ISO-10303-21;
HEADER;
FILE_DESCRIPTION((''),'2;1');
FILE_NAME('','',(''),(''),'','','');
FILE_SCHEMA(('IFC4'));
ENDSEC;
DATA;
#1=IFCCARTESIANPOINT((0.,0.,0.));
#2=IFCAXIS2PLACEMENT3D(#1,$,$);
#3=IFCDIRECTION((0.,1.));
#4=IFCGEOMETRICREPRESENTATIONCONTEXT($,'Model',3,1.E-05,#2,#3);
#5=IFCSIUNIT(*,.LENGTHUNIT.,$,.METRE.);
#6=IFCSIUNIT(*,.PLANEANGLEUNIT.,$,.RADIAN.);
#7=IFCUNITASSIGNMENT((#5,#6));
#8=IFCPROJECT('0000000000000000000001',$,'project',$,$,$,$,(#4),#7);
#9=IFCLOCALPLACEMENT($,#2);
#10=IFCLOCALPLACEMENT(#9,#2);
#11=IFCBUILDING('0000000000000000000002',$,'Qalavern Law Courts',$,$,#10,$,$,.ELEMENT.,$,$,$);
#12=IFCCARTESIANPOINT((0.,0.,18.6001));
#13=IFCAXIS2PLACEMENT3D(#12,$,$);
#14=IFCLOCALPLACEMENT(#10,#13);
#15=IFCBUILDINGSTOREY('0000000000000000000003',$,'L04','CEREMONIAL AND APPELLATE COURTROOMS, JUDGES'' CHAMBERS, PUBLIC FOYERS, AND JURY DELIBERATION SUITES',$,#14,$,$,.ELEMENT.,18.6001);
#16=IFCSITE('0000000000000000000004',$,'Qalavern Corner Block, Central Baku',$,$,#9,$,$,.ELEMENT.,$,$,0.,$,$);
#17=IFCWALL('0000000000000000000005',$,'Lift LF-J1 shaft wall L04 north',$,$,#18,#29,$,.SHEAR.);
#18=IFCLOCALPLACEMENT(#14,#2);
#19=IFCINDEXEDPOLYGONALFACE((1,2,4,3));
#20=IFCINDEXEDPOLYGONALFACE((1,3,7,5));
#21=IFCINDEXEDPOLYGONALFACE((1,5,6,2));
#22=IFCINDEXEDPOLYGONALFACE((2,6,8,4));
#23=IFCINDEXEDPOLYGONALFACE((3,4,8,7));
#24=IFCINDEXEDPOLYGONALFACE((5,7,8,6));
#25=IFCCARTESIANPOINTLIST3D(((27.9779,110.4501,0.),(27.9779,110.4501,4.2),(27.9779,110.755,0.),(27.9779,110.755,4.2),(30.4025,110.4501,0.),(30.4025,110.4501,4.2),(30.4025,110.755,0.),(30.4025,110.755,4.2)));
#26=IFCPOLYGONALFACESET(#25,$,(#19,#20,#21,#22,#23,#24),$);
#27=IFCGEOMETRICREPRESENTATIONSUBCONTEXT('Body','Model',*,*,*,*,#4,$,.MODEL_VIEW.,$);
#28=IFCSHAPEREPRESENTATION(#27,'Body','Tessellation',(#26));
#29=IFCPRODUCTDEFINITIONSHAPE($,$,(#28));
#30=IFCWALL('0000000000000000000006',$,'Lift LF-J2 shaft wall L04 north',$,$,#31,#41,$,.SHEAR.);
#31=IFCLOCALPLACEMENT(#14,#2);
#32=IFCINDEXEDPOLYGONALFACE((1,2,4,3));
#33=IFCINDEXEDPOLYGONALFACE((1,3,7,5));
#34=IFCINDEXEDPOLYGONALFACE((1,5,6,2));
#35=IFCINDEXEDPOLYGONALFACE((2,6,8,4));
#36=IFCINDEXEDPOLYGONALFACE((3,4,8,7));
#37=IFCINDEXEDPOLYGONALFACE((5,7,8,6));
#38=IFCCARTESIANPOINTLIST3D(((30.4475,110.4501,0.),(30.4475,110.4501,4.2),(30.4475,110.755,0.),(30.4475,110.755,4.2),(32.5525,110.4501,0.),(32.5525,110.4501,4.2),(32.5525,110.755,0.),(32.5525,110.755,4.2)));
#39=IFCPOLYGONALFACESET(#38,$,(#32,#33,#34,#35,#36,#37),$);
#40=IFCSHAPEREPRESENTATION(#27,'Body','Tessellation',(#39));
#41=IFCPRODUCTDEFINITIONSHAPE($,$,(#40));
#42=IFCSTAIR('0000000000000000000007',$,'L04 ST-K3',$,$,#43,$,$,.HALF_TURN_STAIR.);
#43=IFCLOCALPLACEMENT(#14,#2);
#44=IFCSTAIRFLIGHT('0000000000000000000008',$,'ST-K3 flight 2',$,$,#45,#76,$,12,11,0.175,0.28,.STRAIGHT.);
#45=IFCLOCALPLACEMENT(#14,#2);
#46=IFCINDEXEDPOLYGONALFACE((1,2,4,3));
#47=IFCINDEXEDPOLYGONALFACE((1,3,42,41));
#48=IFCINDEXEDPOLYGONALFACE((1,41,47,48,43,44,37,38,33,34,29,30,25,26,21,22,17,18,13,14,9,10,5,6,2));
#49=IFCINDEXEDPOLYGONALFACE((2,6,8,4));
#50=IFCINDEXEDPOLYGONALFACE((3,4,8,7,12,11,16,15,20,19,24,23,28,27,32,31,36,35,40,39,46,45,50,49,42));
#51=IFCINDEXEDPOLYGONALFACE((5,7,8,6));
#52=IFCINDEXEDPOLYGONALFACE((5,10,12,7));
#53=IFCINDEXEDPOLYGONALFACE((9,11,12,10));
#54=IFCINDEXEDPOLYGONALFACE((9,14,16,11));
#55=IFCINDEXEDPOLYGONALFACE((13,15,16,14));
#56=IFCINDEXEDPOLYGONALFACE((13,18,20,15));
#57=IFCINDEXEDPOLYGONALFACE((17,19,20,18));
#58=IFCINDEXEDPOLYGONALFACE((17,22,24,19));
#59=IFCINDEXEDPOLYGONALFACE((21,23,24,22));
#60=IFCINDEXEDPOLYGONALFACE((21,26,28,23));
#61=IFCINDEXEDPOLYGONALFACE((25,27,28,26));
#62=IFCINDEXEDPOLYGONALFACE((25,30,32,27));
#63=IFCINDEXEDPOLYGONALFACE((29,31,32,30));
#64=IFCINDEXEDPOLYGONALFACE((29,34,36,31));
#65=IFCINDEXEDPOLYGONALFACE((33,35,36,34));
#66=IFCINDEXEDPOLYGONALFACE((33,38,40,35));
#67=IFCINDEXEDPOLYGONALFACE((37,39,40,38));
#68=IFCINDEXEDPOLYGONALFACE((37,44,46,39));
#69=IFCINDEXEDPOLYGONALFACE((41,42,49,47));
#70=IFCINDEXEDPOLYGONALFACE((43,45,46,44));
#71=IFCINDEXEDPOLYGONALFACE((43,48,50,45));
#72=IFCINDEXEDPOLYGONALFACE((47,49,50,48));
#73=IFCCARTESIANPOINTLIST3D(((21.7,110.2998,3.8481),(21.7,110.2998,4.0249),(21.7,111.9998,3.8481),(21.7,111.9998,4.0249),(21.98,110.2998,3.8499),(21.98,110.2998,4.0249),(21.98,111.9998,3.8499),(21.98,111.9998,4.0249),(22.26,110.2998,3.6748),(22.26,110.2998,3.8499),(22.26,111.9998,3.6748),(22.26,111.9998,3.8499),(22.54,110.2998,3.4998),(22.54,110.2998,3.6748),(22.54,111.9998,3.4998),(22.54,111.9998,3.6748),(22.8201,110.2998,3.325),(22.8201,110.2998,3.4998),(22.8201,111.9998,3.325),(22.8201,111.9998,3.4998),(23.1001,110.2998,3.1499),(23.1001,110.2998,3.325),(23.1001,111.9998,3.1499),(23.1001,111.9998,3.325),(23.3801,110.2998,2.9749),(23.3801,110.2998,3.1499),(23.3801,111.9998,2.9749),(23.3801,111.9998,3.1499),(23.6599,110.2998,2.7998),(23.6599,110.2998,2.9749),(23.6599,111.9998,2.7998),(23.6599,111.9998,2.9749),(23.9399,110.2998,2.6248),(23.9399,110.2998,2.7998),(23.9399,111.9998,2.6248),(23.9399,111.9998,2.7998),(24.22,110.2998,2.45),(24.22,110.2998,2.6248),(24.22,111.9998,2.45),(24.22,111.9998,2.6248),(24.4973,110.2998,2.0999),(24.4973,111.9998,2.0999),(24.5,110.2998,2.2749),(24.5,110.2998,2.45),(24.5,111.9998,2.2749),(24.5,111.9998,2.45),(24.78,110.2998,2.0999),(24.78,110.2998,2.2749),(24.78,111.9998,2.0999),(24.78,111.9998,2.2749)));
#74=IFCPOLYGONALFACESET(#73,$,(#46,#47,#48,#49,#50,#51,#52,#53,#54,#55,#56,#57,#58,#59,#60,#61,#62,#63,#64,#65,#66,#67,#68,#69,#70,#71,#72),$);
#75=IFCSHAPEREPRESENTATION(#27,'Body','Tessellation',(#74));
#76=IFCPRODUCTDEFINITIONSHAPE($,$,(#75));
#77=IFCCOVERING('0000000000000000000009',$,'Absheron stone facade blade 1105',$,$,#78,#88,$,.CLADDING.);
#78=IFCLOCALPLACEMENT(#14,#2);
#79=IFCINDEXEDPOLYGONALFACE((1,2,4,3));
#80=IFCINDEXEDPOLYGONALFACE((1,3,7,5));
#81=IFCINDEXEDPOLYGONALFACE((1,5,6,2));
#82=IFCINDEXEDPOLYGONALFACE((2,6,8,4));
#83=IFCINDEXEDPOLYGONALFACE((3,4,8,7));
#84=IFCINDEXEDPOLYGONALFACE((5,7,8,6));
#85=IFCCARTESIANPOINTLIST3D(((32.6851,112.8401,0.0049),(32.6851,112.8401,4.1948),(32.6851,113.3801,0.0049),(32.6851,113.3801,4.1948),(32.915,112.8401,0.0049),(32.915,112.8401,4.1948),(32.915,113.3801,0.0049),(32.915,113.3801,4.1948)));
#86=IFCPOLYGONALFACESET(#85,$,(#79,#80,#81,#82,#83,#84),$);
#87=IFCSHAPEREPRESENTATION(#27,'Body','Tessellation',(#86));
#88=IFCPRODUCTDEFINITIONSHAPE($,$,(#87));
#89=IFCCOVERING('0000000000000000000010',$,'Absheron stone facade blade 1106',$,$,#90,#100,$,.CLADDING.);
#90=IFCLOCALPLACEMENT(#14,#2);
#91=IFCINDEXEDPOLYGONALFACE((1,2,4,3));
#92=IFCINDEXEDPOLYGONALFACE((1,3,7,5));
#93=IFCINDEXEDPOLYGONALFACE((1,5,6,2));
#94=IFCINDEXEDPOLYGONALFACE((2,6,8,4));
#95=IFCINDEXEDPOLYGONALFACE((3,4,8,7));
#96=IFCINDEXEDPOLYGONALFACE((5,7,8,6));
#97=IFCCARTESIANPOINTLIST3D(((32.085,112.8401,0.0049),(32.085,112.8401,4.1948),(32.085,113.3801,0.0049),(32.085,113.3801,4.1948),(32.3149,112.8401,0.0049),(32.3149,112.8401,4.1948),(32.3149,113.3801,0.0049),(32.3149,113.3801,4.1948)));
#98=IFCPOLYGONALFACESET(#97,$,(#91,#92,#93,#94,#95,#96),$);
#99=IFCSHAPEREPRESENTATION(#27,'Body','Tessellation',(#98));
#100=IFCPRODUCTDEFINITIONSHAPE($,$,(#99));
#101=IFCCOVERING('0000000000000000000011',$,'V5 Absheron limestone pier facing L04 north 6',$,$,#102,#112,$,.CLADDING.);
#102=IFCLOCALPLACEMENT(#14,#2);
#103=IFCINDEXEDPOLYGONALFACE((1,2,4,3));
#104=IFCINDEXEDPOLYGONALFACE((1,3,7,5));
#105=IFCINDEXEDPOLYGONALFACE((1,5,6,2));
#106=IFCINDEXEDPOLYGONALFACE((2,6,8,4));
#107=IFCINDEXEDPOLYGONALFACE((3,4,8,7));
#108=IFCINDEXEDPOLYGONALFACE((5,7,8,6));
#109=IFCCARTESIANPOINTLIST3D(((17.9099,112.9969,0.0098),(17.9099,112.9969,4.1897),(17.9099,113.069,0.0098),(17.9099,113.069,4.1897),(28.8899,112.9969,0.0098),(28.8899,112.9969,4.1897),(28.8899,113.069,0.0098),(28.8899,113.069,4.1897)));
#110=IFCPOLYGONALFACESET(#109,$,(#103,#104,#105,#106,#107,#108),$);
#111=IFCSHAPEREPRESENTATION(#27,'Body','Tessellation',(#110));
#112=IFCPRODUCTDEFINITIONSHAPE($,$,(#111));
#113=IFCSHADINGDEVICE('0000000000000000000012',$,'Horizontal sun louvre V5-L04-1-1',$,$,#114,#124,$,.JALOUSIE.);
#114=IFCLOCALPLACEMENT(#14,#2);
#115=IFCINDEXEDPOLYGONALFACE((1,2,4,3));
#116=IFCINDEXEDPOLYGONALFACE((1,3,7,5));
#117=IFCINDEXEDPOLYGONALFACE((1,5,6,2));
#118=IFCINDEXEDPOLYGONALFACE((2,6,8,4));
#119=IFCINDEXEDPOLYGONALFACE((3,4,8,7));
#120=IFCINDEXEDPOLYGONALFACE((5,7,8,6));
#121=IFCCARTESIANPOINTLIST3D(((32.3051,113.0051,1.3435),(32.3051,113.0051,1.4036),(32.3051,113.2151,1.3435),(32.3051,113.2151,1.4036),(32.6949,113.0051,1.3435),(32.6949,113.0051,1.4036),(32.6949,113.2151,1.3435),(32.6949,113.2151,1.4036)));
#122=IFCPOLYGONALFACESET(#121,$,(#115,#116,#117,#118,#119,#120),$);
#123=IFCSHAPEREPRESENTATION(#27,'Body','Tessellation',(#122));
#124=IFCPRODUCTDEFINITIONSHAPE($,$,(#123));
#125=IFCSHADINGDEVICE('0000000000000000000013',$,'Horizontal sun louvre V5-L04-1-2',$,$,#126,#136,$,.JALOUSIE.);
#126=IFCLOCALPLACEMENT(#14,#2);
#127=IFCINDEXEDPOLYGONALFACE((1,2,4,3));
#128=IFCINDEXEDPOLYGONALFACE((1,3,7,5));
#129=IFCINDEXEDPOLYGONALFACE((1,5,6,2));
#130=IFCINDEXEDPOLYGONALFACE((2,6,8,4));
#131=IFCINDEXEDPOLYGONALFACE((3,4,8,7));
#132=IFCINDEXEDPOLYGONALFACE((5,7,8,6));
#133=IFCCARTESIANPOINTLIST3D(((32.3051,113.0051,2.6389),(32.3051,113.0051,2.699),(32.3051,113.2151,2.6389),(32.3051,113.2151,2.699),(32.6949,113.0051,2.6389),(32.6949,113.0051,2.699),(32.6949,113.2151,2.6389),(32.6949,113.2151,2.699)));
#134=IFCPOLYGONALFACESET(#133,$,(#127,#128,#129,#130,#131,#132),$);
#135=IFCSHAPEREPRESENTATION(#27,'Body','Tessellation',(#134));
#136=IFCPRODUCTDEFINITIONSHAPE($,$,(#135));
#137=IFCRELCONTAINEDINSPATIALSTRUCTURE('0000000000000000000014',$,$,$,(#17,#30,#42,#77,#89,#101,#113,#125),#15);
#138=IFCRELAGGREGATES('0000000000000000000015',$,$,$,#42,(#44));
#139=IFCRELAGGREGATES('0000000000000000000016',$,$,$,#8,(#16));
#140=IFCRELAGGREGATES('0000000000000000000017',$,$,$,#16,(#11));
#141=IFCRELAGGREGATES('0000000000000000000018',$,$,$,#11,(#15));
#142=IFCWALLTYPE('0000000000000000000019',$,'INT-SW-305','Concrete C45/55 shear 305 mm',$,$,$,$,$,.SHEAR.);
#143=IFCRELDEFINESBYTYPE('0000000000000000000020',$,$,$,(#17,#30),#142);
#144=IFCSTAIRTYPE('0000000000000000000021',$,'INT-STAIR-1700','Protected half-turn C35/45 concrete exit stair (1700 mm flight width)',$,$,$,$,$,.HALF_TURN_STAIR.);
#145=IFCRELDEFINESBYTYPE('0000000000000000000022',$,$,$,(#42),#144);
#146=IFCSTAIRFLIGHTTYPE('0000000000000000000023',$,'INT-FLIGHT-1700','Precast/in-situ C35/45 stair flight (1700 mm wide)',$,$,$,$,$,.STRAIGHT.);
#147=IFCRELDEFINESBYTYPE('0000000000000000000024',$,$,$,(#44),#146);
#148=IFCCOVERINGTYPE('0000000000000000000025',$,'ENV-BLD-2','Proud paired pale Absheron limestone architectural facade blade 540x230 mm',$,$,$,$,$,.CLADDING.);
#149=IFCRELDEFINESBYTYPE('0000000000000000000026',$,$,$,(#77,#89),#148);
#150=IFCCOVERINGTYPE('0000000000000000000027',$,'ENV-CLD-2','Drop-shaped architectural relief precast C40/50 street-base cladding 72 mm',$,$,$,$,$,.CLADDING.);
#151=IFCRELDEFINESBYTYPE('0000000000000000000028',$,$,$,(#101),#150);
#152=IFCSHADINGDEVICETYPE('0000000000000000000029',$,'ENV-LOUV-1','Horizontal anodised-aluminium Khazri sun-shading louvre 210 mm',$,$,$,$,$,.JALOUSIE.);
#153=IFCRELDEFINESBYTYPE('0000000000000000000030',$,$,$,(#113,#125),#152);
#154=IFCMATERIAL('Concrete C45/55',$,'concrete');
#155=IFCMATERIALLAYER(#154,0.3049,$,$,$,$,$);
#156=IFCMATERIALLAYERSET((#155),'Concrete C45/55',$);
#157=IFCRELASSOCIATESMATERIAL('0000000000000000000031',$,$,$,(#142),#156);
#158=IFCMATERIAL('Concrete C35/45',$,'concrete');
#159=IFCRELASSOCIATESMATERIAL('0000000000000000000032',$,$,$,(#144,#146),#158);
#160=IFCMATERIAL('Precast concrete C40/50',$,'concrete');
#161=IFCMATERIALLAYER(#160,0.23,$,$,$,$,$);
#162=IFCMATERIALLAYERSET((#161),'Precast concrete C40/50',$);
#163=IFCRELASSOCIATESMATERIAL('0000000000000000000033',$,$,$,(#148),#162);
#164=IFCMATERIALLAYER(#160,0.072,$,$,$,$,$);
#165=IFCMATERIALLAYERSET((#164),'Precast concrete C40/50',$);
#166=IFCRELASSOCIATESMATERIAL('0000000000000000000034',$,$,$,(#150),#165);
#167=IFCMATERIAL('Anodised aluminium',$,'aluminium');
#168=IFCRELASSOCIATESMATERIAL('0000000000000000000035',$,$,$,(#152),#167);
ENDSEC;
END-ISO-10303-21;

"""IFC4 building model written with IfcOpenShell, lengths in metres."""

from ifc_helpers import new_model, si_unit, direction, frame, frame_2d, origin, origin_2d, place, context, subcontext, project, spatial, polyline, rectangle, outline, extrude, material, layer, layer_set, type_object, element, aggregate, save


model = new_model("IFC4")

# Units and contexts
model_context = context("Model", 3, precision=1e-05, world=origin(), true_north=direction((0.0, 1.0)))
body_context = subcontext(model_context, "Body", "Model", "MODEL_VIEW")
ifc_project = project(units=[si_unit("LENGTHUNIT", "METRE"), si_unit("PLANEANGLEUNIT", "RADIAN")], contexts=[model_context])

# Site, building, storey
site_placement = place(None, origin())
site = spatial("IfcSite", under=ifc_project, at=site_placement, Name="Qalavern Corner Block, Central Baku", CompositionType="ELEMENT", RefElevation=0.0)
building_placement = place(site_placement, origin())
building = spatial("IfcBuilding", under=site, at=building_placement, Name="Qalavern Law Courts", CompositionType="ELEMENT")
storey_placement = place(building_placement, frame((0.0, 0.0, 18.6001)))
storey = spatial("IfcBuildingStorey", under=building, at=storey_placement, Name="L04", Description="CEREMONIAL AND APPELLATE COURTROOMS, JUDGES' CHAMBERS, PUBLIC FOYERS, AND JURY DELIBERATION SUITES", CompositionType="ELEMENT", Elevation=18.6001)

# Shared definitions
ifc_material_1 = material(Name="Concrete C45/55", Category="concrete")

# Shared definitions
ifc_material_2 = material(Name="Anodised aluminium", Category="aluminium")

# Walls
ifc_layer_1 = layer(ifc_material_1, 0.3049)
ifc_layer_set_1 = layer_set([ifc_layer_1], Name="Concrete C45/55")
wall_type_1 = type_object("IfcWallType", Name="INT-SW-305", Description="Concrete C45/55 shear 305 mm", PredefinedType="SHEAR", material=ifc_layer_set_1)
wall_1_placement = place(storey_placement, frame((30.4026, 110.6025, 0.0), z_axis=(0.0, 0.0, 1.0), x_axis=(-1.0, 0.0, 0.0)))
element("IfcWall", 1, at=wall_1_placement, inside=storey, type_object=wall_type_1, Name="Lift LF-J1 shaft wall L04 north", PredefinedType="SHEAR", context=body_context, shape_type="SweptSolid", body=[
    extrude(rectangle(XDim=2.4246, YDim=0.3049, at=frame_2d((1.2124, 0.0))), origin(), (0.0, 0.0, 1.0), 4.2),
])
wall_2_placement = place(storey_placement, frame((32.5525, 110.6025, 0.0), z_axis=(0.0, 0.0, 1.0), x_axis=(-1.0, 0.0, 0.0)))
element("IfcWall", 2, at=wall_2_placement, inside=storey, type_object=wall_type_1, Name="Lift LF-J2 shaft wall L04 north", PredefinedType="SHEAR", context=body_context, shape_type="SweptSolid", body=[
    extrude(rectangle(XDim=2.105, YDim=0.3049, at=frame_2d((1.0525, 0.0))), origin(), (0.0, 0.0, 1.0), 4.2),
])

# Stair, stair flight
ifc_material_3 = material(Name="Concrete C35/45", Category="concrete")
stair_type = type_object("IfcStairType", Name="INT-STAIR-1700", Description="Protected half-turn C35/45 concrete exit stair (1700 mm flight width)", PredefinedType="HALF_TURN_STAIR", material=ifc_material_3)
stair_placement = place(storey_placement, origin())
stair = element("IfcStair", 3, at=stair_placement, inside=storey, type_object=stair_type, Name="L04 ST-K3", PredefinedType="HALF_TURN_STAIR")
stair_flight_type = type_object("IfcStairFlightType", Name="INT-FLIGHT-1700", Description="Precast/in-situ C35/45 stair flight (1700 mm wide)", PredefinedType="STRAIGHT", material=ifc_material_3)
stair_flight_placement = place(storey_placement, frame((24.78, 111.1499, 2.0999), z_axis=(0.0, 0.0, 1.0), x_axis=(-1.0, 0.0, 0.0)))
stair_flight = element("IfcStairFlight", 4, at=stair_flight_placement, type_object=stair_flight_type, Name="ST-K3 flight 2", NumberOfRisers=12, NumberOfTreads=11, PredefinedType="STRAIGHT", RiserHeight=0.175, TreadLength=0.28, context=body_context, shape_type="SweptSolid", body=[
    extrude(outline(polyline([(0.0, 0.0), (0.0, 0.175), (0.28, 0.175), (0.28, 0.3501), (0.5601, 0.3501), (0.5601, 0.5249), (0.8401, 0.5249), (0.8401, 0.7), (1.1201, 0.7), (1.1201, 0.875), (1.3999, 0.875), (1.3999, 1.05), (1.6799, 1.05), (1.6799, 1.2251), (1.96, 1.2251), (1.96, 1.3999), (2.24, 1.3999), (2.24, 1.575), (2.52, 1.575), (2.52, 1.75), (2.8, 1.75), (2.8, 1.925), (3.0801, 1.925), (3.0801, 2.1001), (3.0801, 1.7483), (0.2827, 0.0), (0.0, 0.0)])), frame((0.0, 0.8501, 0.0), z_axis=(0.0, -1.0, 0.0), x_axis=(1.0, 0.0, 0.0)), (0.0, 0.0, 1.0), 1.7),
])
aggregate(stair, [stair_flight])

# Coverings
ifc_material_4 = material(Name="Precast concrete C40/50", Category="concrete")
ifc_layer_2 = layer(ifc_material_4, 0.23)
ifc_layer_set_2 = layer_set([ifc_layer_2], Name="Precast concrete C40/50")
covering_type_1 = type_object("IfcCoveringType", Name="ENV-BLD-2", Description="Proud paired pale Absheron limestone architectural facade blade 540x230 mm", PredefinedType="CLADDING", material=ifc_layer_set_2)
for number, where, z_axis, x_axis, name in (
    (5, (32.8, 113.1101, 0.0049), (0.0, 0.0, 1.0), (0.0, 1.0, 0.0), "Absheron stone facade blade 1105"),
    (6, (32.2, 113.1101, 0.0049), (0.0, 0.0, 1.0), (0.0, 1.0, 0.0), "Absheron stone facade blade 1106"),
):
    element("IfcCovering", number, at=place(storey_placement, frame(where, z_axis=z_axis, x_axis=x_axis)), inside=storey, type_object=covering_type_1, Name=name, PredefinedType="CLADDING", context=body_context, shape_type="SweptSolid", body=[
        extrude(rectangle(XDim=0.54, YDim=0.23, at=origin_2d()), origin(), (0.0, 0.0, 1.0), 4.1899),
    ])
ifc_layer_3 = layer(ifc_material_4, 0.072)
ifc_layer_set_3 = layer_set([ifc_layer_3], Name="Precast concrete C40/50")
covering_type_2 = type_object("IfcCoveringType", Name="ENV-CLD-2", Description="Drop-shaped architectural relief precast C40/50 street-base cladding 72 mm", PredefinedType="CLADDING", material=ifc_layer_set_3)
covering_placement = place(storey_placement, frame((23.3999, 113.033, 0.0098), z_axis=(0.0, 0.0, 1.0), x_axis=(-1.0, 0.0, 0.0)))
element("IfcCovering", 7, at=covering_placement, inside=storey, type_object=covering_type_2, Name="V5 Absheron limestone pier facing L04 north 6", PredefinedType="CLADDING", context=body_context, shape_type="SweptSolid", body=[
    extrude(rectangle(XDim=10.98, YDim=0.072, at=origin_2d()), origin(), (0.0, 0.0, 1.0), 4.1799),
])

# Shading devices
shading_device_type = type_object("IfcShadingDeviceType", Name="ENV-LOUV-1", Description="Horizontal anodised-aluminium Khazri sun-shading louvre 210 mm", PredefinedType="JALOUSIE", material=ifc_material_2)
for number, where, z_axis, x_axis, name in (
    (8, (32.5, 113.1101, 1.3435), (0.0, 0.0, 1.0), (-1.0, 0.0, 0.0), "Horizontal sun louvre V5-L04-1-1"),
    (9, (32.5, 113.1101, 2.6389), (0.0, 0.0, 1.0), (-1.0, 0.0, 0.0), "Horizontal sun louvre V5-L04-1-2"),
):
    element("IfcShadingDevice", number, at=place(storey_placement, frame(where, z_axis=z_axis, x_axis=x_axis)), inside=storey, type_object=shading_device_type, Name=name, PredefinedType="JALOUSIE", context=body_context, shape_type="SweptSolid", body=[
        extrude(rectangle(XDim=0.3899, YDim=0.21, at=origin_2d()), origin(), (0.0, 0.0, 1.0), 0.0601),
    ])

save(model, "model.ifc")
